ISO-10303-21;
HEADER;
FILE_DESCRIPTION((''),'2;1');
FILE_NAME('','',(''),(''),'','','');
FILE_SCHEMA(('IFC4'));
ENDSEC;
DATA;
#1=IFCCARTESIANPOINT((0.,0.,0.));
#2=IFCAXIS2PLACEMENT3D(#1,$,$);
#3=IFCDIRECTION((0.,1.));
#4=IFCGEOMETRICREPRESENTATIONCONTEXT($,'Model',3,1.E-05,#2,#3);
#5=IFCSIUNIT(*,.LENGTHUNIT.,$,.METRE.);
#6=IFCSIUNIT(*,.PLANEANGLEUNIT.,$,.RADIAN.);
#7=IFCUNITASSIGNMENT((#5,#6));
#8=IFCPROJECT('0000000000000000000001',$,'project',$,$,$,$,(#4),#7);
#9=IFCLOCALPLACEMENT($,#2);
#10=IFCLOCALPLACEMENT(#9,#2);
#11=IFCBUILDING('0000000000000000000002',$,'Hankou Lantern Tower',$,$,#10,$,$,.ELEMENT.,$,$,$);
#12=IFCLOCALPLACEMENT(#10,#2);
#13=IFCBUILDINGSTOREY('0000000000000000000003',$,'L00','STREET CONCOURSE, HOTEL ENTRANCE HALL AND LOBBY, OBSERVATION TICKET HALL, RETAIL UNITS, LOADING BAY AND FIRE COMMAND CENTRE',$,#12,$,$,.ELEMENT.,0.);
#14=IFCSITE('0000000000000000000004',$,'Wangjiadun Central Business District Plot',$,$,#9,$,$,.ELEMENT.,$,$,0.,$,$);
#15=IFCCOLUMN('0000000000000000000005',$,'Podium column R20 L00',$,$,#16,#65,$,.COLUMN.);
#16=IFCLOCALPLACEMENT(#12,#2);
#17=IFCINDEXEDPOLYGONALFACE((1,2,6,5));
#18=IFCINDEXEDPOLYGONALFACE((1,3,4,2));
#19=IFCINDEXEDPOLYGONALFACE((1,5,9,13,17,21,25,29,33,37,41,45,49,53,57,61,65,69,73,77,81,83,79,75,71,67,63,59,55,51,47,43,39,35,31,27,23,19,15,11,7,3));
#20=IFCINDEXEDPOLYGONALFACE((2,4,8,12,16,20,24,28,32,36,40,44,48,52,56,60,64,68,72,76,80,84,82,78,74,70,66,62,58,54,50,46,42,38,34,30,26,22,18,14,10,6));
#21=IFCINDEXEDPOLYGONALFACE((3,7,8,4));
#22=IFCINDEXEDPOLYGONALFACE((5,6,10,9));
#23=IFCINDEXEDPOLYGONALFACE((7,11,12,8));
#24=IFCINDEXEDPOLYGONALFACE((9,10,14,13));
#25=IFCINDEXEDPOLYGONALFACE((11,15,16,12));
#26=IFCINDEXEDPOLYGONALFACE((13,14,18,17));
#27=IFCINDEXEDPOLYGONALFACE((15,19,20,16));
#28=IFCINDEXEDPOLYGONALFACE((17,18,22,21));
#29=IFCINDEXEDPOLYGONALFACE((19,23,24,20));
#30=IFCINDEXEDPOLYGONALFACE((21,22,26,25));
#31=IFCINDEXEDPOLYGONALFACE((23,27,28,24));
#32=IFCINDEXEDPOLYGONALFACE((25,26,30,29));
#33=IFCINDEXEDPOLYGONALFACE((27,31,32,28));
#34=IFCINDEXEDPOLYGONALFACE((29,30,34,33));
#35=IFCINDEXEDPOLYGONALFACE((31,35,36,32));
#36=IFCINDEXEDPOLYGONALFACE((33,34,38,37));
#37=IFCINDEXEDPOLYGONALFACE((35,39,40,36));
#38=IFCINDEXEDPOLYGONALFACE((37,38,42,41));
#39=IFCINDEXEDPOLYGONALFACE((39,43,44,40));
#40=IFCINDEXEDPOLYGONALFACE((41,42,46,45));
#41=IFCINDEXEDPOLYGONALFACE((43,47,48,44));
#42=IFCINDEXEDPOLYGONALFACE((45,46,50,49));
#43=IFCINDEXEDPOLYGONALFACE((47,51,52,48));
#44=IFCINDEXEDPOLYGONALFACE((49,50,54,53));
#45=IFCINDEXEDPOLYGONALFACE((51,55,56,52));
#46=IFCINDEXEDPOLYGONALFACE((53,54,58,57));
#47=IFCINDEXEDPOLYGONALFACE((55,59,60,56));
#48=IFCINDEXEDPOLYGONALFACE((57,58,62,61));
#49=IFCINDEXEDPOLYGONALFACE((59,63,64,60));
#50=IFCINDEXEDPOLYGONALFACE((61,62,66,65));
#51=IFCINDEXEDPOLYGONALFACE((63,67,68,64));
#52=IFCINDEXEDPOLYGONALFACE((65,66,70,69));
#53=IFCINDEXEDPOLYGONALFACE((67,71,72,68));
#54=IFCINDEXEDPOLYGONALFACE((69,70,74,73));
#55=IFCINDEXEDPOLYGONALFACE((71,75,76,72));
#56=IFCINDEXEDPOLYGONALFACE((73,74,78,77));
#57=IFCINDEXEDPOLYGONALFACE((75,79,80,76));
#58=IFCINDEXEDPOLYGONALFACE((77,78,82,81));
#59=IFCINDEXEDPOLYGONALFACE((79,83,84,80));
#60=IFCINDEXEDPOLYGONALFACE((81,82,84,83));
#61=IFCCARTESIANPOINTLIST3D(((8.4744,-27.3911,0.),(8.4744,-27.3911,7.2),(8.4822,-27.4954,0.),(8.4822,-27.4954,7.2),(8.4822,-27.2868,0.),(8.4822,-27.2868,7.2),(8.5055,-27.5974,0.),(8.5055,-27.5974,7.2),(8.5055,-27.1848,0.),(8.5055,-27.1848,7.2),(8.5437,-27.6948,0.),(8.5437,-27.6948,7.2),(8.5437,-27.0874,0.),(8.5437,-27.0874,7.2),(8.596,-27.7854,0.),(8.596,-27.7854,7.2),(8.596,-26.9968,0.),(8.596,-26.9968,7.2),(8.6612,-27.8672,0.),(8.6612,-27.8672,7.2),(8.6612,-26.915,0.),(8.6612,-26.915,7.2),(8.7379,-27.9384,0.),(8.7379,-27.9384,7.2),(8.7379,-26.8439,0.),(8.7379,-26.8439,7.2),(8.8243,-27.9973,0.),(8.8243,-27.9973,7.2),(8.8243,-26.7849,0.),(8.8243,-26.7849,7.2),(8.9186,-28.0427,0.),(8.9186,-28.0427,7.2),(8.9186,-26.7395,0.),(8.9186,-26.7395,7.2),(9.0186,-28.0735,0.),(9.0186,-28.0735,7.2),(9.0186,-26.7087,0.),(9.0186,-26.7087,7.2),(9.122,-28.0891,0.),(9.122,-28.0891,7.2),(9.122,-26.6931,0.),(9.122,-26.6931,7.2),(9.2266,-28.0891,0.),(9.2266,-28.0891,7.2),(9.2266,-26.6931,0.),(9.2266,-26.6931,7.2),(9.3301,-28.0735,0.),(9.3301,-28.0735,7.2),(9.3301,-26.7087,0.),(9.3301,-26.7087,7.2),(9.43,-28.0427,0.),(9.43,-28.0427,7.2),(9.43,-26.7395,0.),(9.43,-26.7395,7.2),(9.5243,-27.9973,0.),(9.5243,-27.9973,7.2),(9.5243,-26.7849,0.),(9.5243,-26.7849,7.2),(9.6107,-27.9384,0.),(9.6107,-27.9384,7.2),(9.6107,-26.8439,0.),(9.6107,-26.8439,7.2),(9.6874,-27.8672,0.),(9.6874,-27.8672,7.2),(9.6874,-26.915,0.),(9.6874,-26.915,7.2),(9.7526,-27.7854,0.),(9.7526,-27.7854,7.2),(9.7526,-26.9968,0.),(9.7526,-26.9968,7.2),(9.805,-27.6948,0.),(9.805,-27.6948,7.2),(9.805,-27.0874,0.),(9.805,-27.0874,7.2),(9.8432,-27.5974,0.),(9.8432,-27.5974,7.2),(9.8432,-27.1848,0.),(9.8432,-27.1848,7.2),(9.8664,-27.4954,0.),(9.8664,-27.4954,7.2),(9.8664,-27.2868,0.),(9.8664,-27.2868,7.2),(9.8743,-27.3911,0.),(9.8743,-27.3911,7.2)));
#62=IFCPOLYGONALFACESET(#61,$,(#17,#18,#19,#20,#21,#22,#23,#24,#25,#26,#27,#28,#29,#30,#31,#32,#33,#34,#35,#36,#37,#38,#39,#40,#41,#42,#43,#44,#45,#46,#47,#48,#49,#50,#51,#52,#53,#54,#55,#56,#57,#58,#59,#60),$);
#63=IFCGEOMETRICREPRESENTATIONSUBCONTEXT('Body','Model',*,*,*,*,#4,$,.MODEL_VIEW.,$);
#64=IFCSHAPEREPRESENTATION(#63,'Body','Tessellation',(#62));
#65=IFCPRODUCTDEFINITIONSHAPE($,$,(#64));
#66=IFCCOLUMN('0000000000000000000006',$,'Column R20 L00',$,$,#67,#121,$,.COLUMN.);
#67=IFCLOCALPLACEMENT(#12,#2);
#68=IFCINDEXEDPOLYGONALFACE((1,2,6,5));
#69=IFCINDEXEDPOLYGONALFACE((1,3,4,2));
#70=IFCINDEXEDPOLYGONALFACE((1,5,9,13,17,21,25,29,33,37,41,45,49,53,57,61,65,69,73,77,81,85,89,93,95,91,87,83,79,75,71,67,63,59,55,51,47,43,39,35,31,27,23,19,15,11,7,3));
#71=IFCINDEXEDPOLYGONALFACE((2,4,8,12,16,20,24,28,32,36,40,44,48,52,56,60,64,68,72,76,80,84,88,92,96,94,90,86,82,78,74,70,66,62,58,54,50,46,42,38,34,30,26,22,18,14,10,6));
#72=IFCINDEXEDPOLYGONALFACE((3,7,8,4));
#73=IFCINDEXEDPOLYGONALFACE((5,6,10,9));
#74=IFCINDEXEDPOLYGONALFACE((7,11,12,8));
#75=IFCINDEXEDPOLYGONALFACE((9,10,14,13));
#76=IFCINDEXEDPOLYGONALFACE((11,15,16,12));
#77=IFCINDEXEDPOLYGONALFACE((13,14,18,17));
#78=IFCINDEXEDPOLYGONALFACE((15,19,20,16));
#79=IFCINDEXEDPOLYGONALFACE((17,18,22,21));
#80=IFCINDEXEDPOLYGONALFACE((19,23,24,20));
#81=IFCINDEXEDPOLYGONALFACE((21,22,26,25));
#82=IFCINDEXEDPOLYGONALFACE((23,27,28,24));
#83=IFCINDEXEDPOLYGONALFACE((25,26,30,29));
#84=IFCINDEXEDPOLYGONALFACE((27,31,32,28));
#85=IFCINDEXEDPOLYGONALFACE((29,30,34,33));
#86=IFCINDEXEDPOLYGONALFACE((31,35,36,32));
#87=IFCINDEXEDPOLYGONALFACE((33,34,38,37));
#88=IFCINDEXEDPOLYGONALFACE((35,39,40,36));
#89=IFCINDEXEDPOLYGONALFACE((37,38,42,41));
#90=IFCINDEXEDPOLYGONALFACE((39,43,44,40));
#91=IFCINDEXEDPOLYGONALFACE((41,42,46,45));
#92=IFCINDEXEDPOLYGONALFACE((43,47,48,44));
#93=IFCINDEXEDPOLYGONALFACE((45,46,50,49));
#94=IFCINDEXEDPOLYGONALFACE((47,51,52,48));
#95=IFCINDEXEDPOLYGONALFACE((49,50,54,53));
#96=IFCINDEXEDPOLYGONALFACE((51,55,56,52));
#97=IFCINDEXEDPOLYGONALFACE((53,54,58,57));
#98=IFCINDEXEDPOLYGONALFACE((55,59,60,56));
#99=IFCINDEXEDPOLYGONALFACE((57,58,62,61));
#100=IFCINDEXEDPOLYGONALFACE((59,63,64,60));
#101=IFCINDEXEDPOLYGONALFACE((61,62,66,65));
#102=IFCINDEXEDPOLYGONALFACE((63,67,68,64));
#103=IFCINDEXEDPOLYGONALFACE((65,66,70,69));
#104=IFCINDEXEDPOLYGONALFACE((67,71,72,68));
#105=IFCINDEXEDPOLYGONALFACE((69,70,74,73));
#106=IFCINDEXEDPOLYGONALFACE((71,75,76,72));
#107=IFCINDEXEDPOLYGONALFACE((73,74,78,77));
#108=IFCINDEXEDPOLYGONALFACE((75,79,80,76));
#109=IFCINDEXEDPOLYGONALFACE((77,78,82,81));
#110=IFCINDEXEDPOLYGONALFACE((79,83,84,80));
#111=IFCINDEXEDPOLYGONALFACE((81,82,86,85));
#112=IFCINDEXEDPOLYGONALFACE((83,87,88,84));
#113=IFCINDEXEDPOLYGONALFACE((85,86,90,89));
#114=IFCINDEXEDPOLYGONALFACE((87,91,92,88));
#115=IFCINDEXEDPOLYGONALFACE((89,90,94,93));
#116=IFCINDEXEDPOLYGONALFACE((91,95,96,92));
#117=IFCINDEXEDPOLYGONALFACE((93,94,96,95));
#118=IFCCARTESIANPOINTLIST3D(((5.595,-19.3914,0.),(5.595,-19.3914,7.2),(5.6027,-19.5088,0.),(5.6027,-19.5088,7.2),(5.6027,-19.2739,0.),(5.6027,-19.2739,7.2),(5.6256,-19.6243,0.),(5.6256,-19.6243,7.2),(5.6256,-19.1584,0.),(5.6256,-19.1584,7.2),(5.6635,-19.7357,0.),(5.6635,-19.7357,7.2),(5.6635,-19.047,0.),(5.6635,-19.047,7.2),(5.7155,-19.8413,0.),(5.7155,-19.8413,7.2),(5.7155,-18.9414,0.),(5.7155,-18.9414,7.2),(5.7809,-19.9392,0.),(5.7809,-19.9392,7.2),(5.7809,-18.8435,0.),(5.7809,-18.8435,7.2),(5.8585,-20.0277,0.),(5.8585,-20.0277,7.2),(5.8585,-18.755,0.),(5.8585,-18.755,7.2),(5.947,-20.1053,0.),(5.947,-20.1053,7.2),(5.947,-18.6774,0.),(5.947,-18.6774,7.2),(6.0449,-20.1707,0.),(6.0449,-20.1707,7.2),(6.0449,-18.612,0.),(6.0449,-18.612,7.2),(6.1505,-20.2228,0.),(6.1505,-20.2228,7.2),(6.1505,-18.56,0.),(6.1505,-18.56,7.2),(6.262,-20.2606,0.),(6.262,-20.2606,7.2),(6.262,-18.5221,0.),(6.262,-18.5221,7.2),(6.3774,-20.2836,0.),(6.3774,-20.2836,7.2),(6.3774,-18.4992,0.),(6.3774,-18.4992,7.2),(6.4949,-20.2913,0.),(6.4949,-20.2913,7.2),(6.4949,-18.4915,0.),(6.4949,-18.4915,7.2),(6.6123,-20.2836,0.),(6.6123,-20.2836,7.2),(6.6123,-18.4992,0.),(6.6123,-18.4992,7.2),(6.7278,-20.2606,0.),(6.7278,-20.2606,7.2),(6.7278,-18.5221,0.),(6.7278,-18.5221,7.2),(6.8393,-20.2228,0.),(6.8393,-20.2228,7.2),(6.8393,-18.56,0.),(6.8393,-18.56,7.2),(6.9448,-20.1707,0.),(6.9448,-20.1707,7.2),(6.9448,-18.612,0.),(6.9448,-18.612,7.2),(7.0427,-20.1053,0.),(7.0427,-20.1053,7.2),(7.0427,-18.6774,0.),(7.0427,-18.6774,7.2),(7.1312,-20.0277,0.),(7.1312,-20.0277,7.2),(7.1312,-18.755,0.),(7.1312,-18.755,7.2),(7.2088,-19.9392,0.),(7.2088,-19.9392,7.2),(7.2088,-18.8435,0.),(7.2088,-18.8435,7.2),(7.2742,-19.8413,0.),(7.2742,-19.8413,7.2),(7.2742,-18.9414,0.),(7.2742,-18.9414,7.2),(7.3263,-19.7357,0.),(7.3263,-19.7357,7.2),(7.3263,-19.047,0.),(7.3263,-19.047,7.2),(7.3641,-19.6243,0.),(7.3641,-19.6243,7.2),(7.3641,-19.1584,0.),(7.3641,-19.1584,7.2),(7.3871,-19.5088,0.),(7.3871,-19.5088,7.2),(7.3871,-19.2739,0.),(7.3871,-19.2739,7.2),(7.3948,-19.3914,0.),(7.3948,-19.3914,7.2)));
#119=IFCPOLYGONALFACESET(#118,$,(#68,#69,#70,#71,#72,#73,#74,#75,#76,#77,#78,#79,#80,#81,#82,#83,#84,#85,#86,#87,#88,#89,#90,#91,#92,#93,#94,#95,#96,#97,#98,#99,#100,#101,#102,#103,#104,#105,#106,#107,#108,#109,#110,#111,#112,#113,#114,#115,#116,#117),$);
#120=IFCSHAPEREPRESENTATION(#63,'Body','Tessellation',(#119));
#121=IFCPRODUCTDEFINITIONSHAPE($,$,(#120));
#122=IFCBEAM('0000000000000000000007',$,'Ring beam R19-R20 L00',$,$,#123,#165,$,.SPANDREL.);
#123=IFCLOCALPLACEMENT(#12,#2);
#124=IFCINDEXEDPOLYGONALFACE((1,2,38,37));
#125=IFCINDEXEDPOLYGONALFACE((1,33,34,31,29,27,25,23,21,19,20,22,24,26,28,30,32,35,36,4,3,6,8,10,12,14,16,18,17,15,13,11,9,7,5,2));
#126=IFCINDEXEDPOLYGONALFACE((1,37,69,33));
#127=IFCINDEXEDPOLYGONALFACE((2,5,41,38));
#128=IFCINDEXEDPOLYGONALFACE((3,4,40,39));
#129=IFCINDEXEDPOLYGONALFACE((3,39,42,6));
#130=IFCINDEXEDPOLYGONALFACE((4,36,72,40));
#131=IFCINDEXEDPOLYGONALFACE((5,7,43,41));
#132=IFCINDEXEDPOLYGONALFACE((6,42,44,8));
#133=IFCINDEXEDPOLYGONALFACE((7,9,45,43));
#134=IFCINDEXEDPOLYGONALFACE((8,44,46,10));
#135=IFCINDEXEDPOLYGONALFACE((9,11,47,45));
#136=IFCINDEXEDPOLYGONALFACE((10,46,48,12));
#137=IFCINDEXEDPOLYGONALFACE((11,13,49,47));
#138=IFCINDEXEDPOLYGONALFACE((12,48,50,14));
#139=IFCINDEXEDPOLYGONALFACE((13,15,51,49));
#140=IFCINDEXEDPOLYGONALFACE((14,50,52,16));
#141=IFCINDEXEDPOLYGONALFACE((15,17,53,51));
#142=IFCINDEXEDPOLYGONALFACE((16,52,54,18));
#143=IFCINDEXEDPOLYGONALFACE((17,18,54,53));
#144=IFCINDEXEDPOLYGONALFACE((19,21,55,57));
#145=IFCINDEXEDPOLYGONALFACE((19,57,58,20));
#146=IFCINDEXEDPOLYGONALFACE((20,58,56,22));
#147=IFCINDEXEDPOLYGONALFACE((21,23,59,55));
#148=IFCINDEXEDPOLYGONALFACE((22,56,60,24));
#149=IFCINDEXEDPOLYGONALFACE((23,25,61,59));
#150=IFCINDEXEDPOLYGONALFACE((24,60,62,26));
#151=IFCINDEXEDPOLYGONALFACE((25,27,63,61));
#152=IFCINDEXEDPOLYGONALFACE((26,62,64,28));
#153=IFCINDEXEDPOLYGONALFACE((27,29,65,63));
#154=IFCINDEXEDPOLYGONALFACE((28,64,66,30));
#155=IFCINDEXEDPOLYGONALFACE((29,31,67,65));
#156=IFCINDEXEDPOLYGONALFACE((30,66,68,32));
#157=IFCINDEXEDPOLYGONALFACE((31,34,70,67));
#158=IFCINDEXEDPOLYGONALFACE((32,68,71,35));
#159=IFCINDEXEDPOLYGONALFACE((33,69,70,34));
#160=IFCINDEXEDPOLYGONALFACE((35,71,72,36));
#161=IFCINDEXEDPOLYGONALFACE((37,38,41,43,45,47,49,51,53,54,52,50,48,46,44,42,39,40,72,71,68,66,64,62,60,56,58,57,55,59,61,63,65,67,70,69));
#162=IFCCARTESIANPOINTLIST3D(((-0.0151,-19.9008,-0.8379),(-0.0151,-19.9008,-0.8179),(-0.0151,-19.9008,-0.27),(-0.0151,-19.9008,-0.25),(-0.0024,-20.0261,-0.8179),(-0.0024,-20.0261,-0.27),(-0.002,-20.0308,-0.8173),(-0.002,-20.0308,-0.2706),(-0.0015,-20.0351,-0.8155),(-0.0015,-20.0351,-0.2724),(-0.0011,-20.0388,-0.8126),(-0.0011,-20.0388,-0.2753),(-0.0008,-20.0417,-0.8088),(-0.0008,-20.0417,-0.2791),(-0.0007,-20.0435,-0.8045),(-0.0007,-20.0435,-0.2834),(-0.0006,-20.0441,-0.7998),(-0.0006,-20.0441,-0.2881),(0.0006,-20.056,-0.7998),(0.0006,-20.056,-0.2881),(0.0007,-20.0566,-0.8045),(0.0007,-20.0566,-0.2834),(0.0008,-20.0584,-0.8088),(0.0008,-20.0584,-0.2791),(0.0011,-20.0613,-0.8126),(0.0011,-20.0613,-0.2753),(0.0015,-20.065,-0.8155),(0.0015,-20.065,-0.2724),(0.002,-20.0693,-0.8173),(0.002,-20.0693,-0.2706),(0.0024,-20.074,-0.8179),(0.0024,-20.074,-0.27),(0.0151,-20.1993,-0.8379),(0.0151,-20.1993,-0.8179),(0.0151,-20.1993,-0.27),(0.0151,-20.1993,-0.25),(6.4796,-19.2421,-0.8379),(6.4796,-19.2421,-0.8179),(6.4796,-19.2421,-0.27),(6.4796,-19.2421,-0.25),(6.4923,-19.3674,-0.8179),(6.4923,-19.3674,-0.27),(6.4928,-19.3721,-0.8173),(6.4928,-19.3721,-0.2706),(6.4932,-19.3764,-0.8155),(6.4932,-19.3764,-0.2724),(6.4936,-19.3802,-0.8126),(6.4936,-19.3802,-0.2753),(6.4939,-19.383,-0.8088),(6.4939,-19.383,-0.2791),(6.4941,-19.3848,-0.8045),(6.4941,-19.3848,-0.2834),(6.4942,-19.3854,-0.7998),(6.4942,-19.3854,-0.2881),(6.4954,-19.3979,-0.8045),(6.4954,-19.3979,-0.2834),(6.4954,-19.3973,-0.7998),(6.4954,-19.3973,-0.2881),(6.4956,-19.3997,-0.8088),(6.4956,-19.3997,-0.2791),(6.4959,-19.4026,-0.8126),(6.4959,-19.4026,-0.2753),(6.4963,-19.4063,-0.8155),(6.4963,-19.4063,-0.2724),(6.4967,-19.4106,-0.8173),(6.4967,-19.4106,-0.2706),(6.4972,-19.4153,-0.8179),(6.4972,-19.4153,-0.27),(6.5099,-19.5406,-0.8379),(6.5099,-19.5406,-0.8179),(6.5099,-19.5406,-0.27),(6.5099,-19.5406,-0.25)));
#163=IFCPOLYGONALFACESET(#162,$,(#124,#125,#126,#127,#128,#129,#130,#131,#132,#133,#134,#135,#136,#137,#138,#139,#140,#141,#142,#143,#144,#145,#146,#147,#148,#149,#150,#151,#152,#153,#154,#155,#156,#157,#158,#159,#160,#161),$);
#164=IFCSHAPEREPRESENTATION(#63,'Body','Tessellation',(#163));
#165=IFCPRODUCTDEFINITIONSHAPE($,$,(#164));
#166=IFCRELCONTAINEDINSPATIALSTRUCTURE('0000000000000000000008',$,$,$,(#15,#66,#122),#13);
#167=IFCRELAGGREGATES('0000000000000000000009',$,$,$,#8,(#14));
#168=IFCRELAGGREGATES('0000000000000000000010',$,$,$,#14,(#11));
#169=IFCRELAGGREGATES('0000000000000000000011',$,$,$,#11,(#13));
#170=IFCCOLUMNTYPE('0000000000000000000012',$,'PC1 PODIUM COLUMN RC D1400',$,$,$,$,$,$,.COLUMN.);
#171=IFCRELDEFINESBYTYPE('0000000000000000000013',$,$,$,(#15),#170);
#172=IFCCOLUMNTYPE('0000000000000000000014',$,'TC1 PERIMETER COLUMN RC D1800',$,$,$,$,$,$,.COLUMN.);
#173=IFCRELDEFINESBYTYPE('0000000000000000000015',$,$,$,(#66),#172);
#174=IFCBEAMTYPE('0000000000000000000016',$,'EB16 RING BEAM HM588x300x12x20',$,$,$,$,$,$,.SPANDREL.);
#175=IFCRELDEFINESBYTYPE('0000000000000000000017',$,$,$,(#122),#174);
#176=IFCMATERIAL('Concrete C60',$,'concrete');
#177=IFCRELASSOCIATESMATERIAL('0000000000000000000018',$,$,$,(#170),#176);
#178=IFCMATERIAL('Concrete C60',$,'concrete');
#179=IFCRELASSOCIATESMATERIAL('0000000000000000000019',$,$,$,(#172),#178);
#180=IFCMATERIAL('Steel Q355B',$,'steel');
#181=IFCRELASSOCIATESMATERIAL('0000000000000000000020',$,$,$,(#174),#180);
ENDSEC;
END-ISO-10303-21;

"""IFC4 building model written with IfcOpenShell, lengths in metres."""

from ifc_helpers import new_model, si_unit, direction, frame, origin, origin_2d, place, context, subcontext, project, spatial, circle, i_section, extrude, material, material_profile, profile_set, type_object, element, save


model = new_model("IFC4")

# Units and contexts
model_context = context("Model", 3, precision=1e-05, world=origin(), true_north=direction((0.0, 1.0)))
body_context = subcontext(model_context, "Body", "Model", "MODEL_VIEW")
ifc_project = project(units=[si_unit("LENGTHUNIT", "METRE"), si_unit("PLANEANGLEUNIT", "RADIAN")], contexts=[model_context])

# Site, building, storey
site_placement = place(None, origin())
site = spatial("IfcSite", under=ifc_project, at=site_placement, Name="Wangjiadun Central Business District Plot", CompositionType="ELEMENT", RefElevation=0.0)
building_placement = place(site_placement, origin())
building = spatial("IfcBuilding", under=site, at=building_placement, Name="Hankou Lantern Tower", CompositionType="ELEMENT")
storey_placement = place(building_placement, origin())
storey = spatial("IfcBuildingStorey", under=building, at=storey_placement, Name="L00", Description="STREET CONCOURSE, HOTEL ENTRANCE HALL AND LOBBY, OBSERVATION TICKET HALL, RETAIL UNITS, LOADING BAY AND FIRE COMMAND CENTRE", CompositionType="ELEMENT", Elevation=0.0)

# Columns
ifc_material_1 = material(Name="Concrete C60", Category="concrete")
ifc_material_profile_1 = material_profile(ifc_material_1, circle(Radius=0.7, at=origin_2d()), Name="RC D1400")
ifc_profile_set_1 = profile_set([ifc_material_profile_1], Name="Concrete C60")
column_type_1 = type_object("IfcColumnType", Name="PC1 PODIUM COLUMN RC D1400", PredefinedType="COLUMN", material=ifc_profile_set_1)
column_1_placement = place(storey_placement, frame((9.1743, -27.3911, 0.0), z_axis=(0.0, 0.0, 1.0), x_axis=(1.0, 0.0, 0.0)))
element("IfcColumn", 1, at=column_1_placement, inside=storey, type_object=column_type_1, Name="Podium column R20 L00", PredefinedType="COLUMN", context=body_context, shape_type="SweptSolid", body=[
    extrude(circle(Radius=0.7, at=origin_2d()), origin(), (0.0, 0.0, 1.0), 7.2),
])
ifc_material_2 = material(Name="Concrete C60", Category="concrete")
ifc_material_profile_2 = material_profile(ifc_material_2, circle(Radius=0.8999, at=origin_2d()), Name="RC D1800")
ifc_profile_set_2 = profile_set([ifc_material_profile_2], Name="Concrete C60")
column_type_2 = type_object("IfcColumnType", Name="TC1 PERIMETER COLUMN RC D1800", PredefinedType="COLUMN", material=ifc_profile_set_2)
column_2_placement = place(storey_placement, frame((6.4949, -19.3914, 0.0), z_axis=(0.0, 0.0, 1.0), x_axis=(1.0, 0.0, 0.0)))
element("IfcColumn", 2, at=column_2_placement, inside=storey, type_object=column_type_2, Name="Column R20 L00", PredefinedType="COLUMN", context=body_context, shape_type="SweptSolid", body=[
    extrude(circle(Radius=0.8999, at=origin_2d()), origin(), (0.0, 0.0, 1.0), 7.2),
])

# Beam
ifc_material_3 = material(Name="Steel Q355B", Category="steel")
ifc_material_profile_3 = material_profile(ifc_material_3, i_section(OverallWidth=0.3, OverallDepth=0.5879, WebThickness=0.012, FlangeThickness=0.02, FilletRadius=0.0181, at=origin_2d()), Name="HM588x300x12x20")
ifc_profile_set_3 = profile_set([ifc_material_profile_3], Name="Steel Q355B")
beam_type_1 = type_object("IfcBeamType", Name="EB16 RING BEAM HM588x300x12x20", PredefinedType="SPANDREL", material=ifc_profile_set_3)
beam_1_placement = place(storey_placement, frame((0.0, -20.05, -0.5439), z_axis=(0.994897, 0.1009, 0.0), x_axis=(-0.1009, 0.994897, 0.0)))
element("IfcBeam", 3, at=beam_1_placement, inside=storey, type_object=beam_type_1, Name="Ring beam R19-R20 L00", PredefinedType="SPANDREL", context=body_context, shape_type="SweptSolid", body=[
    extrude(i_section(OverallWidth=0.3, OverallDepth=0.5879, WebThickness=0.012, FlangeThickness=0.02, FilletRadius=0.0181, at=origin_2d()), origin(), (0.0, 0.0, 1.0), 6.5281),
])

save(model, "model.ifc")
